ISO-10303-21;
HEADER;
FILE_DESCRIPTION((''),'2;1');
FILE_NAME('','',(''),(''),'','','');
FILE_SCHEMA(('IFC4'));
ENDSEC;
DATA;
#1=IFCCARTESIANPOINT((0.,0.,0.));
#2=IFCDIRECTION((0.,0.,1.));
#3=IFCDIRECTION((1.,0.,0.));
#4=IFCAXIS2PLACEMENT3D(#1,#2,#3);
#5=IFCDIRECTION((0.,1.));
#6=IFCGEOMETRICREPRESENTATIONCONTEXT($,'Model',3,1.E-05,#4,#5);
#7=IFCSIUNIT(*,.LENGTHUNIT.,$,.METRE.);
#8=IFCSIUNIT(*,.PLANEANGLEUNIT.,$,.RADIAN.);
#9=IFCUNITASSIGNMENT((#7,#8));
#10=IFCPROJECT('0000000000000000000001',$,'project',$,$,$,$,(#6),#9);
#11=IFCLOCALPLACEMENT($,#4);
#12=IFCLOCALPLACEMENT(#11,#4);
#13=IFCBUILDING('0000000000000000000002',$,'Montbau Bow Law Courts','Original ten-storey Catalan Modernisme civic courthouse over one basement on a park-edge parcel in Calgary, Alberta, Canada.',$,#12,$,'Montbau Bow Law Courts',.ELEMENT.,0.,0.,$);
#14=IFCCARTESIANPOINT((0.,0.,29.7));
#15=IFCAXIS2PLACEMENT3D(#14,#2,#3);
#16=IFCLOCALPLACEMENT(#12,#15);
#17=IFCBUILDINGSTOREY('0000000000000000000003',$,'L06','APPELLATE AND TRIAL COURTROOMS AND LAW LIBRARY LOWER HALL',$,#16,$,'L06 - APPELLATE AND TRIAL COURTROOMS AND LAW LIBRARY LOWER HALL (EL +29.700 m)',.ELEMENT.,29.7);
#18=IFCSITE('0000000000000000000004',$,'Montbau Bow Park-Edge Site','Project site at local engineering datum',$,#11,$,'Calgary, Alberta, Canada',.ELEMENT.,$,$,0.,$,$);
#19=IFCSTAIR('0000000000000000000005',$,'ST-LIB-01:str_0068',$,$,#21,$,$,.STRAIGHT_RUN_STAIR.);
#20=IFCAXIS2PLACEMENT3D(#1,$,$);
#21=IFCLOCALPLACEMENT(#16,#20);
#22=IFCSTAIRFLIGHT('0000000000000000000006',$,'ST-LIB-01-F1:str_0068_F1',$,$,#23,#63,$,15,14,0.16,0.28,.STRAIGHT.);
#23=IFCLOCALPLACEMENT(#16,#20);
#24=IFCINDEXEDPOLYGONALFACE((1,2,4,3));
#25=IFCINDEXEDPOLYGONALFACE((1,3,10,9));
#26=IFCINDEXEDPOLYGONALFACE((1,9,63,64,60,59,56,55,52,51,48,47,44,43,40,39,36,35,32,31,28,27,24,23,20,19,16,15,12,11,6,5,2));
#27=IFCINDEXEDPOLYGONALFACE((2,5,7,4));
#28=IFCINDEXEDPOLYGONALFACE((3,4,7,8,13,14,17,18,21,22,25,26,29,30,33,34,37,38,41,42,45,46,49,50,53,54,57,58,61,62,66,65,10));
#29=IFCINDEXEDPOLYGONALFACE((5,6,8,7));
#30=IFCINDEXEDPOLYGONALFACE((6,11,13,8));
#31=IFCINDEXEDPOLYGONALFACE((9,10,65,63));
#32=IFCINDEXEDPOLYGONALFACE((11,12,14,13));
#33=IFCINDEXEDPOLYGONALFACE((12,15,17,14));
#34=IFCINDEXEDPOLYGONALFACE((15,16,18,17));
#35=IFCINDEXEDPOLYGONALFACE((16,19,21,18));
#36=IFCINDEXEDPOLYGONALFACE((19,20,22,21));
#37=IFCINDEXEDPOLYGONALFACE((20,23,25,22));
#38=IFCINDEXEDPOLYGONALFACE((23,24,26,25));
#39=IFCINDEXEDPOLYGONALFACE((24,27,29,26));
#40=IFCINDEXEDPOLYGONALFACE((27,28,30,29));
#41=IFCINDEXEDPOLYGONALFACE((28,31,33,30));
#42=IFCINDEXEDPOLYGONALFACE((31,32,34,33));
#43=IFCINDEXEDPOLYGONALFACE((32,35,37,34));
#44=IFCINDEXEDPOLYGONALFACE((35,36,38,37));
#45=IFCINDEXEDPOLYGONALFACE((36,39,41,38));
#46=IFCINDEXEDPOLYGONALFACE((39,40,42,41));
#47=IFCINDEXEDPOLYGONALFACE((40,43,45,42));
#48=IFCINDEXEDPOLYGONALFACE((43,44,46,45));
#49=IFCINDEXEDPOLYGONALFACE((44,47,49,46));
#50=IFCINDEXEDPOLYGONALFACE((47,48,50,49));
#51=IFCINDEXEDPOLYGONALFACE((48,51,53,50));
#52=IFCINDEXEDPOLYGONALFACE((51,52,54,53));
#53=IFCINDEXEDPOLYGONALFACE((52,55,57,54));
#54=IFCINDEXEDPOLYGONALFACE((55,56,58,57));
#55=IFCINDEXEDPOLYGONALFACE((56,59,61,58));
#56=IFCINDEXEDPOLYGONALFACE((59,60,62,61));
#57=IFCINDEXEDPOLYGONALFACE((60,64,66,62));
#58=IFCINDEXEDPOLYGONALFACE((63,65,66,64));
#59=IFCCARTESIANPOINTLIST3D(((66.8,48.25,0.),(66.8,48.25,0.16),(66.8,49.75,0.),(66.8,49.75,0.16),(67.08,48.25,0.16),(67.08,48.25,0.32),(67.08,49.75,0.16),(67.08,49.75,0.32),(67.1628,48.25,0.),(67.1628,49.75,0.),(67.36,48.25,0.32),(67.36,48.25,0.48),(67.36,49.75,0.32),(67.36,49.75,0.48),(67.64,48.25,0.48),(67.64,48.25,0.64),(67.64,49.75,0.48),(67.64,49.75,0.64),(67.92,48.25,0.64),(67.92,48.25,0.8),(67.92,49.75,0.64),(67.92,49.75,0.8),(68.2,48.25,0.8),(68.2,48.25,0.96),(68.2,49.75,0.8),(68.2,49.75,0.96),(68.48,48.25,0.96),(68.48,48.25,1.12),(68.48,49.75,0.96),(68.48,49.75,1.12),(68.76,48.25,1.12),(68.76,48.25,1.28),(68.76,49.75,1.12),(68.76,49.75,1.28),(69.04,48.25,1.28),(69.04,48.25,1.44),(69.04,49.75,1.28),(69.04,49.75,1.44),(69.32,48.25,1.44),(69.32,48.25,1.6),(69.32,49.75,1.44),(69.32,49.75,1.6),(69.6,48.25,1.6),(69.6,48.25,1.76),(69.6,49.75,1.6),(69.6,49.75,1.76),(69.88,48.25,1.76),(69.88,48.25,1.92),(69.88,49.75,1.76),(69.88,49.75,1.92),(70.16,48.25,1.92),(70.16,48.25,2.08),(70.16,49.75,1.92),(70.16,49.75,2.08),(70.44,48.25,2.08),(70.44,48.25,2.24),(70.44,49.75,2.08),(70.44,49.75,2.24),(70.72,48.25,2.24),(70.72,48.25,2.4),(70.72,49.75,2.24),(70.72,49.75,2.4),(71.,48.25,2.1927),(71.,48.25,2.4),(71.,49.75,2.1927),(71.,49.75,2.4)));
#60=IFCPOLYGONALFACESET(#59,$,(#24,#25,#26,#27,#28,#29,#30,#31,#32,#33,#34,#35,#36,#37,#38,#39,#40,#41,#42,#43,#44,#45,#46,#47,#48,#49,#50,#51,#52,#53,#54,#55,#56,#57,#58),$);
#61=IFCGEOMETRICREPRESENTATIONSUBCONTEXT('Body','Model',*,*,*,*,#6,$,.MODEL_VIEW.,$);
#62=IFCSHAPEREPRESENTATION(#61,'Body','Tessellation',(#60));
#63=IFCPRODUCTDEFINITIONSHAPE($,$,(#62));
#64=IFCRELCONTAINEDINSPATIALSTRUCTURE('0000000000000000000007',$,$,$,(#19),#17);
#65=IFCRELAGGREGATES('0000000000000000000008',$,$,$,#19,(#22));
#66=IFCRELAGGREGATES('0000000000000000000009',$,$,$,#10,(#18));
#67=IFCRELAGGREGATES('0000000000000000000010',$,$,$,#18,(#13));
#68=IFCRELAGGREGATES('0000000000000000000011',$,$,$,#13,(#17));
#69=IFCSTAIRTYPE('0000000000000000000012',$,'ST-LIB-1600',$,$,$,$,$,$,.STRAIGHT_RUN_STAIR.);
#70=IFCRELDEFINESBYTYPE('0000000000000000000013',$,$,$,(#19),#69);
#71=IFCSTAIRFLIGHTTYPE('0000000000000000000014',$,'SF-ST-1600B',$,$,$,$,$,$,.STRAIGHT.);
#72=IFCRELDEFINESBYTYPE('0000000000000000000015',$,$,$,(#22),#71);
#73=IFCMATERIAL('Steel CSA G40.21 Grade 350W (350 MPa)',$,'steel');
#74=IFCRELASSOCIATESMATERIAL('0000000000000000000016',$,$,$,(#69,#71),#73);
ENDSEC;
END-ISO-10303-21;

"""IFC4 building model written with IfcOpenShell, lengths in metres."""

from ifc_helpers import new_model, si_unit, direction, frame, origin_with_axes, place, context, subcontext, project, spatial, polyline, outline, extrude, material, type_object, element, aggregate, save


model = new_model("IFC4")

# Units and contexts
model_context = context("Model", 3, precision=1e-05, world=origin_with_axes(), true_north=direction((0.0, 1.0)))
body_context = subcontext(model_context, "Body", "Model", "MODEL_VIEW")
ifc_project = project(units=[si_unit("LENGTHUNIT", "METRE"), si_unit("PLANEANGLEUNIT", "RADIAN")], contexts=[model_context])

# Site, building, storey
site_placement = place(None, origin_with_axes())
site = spatial("IfcSite", under=ifc_project, at=site_placement, Name="Montbau Bow Park-Edge Site", Description="Project site at local engineering datum", LongName="Calgary, Alberta, Canada", CompositionType="ELEMENT", RefElevation=0.0)
building_placement = place(site_placement, origin_with_axes())
building = spatial("IfcBuilding", under=site, at=building_placement, Name="Montbau Bow Law Courts", Description="Original ten-storey Catalan Modernisme civic courthouse over one basement on a park-edge parcel in Calgary, Alberta, Canada.", LongName="Montbau Bow Law Courts", CompositionType="ELEMENT", ElevationOfRefHeight=0.0, ElevationOfTerrain=0.0)
storey_placement = place(building_placement, frame((0.0, 0.0, 29.7), z_axis=(0.0, 0.0, 1.0), x_axis=(1.0, 0.0, 0.0)))
storey = spatial("IfcBuildingStorey", under=building, at=storey_placement, Name="L06", Description="APPELLATE AND TRIAL COURTROOMS AND LAW LIBRARY LOWER HALL", LongName="L06 - APPELLATE AND TRIAL COURTROOMS AND LAW LIBRARY LOWER HALL (EL +29.700 m)", CompositionType="ELEMENT", Elevation=29.7)

# Shared definitions
ifc_material_1 = material(Name="Steel CSA G40.21 Grade 350W (350 MPa)", Category="steel")

# Stair, stair flight
stair_type = type_object("IfcStairType", Name="ST-LIB-1600", PredefinedType="STRAIGHT_RUN_STAIR", material=ifc_material_1)
stair_placement = place(None, frame((66.8, 49.0, 29.7), z_axis=(0.0, 0.0, 1.0), x_axis=(1.0, 0.0, 0.0)))
stair = element("IfcStair", 1, at=stair_placement, inside=storey, type_object=stair_type, Name="ST-LIB-01:str_0068", PredefinedType="STRAIGHT_RUN_STAIR")
stair_flight_type = type_object("IfcStairFlightType", Name="SF-ST-1600B", PredefinedType="STRAIGHT", material=ifc_material_1)
stair_flight_placement = place(None, frame((66.8, 49.0, 29.7), z_axis=(0.0, 0.0, 1.0), x_axis=(1.0, 0.0, 0.0)))
stair_flight = element("IfcStairFlight", 2, at=stair_flight_placement, type_object=stair_flight_type, Name="ST-LIB-01-F1:str_0068_F1", NumberOfRisers=15, NumberOfTreads=14, PredefinedType="STRAIGHT", RiserHeight=0.16, TreadLength=0.28, context=body_context, shape_type="SweptSolid", body=[
    extrude(outline(polyline([(0.0, 0.0), (0.0, 0.16), (0.28, 0.16), (0.28, 0.32), (0.56, 0.32), (0.56, 0.48), (0.84, 0.48), (0.84, 0.64), (1.12, 0.64), (1.12, 0.8), (1.4, 0.8), (1.4, 0.96), (1.68, 0.96), (1.68, 1.12), (1.96, 1.12), (1.96, 1.28), (2.24, 1.28), (2.24, 1.44), (2.52, 1.44), (2.52, 1.6), (2.8, 1.6), (2.8, 1.76), (3.08, 1.76), (3.08, 1.92), (3.36, 1.92), (3.36, 2.08), (3.64, 2.08), (3.64, 2.24), (3.92, 2.24), (3.92, 2.4), (4.2, 2.4), (4.2, 2.1927), (0.3628, 0.0), (0.0, 0.0)])), frame((0.0, 0.75, 0.0), z_axis=(0.0, -1.0, 0.0), x_axis=(1.0, 0.0, 0.0)), (0.0, 0.0, 1.0), 1.5),
])
aggregate(stair, [stair_flight])

save(model, "model.ifc")
